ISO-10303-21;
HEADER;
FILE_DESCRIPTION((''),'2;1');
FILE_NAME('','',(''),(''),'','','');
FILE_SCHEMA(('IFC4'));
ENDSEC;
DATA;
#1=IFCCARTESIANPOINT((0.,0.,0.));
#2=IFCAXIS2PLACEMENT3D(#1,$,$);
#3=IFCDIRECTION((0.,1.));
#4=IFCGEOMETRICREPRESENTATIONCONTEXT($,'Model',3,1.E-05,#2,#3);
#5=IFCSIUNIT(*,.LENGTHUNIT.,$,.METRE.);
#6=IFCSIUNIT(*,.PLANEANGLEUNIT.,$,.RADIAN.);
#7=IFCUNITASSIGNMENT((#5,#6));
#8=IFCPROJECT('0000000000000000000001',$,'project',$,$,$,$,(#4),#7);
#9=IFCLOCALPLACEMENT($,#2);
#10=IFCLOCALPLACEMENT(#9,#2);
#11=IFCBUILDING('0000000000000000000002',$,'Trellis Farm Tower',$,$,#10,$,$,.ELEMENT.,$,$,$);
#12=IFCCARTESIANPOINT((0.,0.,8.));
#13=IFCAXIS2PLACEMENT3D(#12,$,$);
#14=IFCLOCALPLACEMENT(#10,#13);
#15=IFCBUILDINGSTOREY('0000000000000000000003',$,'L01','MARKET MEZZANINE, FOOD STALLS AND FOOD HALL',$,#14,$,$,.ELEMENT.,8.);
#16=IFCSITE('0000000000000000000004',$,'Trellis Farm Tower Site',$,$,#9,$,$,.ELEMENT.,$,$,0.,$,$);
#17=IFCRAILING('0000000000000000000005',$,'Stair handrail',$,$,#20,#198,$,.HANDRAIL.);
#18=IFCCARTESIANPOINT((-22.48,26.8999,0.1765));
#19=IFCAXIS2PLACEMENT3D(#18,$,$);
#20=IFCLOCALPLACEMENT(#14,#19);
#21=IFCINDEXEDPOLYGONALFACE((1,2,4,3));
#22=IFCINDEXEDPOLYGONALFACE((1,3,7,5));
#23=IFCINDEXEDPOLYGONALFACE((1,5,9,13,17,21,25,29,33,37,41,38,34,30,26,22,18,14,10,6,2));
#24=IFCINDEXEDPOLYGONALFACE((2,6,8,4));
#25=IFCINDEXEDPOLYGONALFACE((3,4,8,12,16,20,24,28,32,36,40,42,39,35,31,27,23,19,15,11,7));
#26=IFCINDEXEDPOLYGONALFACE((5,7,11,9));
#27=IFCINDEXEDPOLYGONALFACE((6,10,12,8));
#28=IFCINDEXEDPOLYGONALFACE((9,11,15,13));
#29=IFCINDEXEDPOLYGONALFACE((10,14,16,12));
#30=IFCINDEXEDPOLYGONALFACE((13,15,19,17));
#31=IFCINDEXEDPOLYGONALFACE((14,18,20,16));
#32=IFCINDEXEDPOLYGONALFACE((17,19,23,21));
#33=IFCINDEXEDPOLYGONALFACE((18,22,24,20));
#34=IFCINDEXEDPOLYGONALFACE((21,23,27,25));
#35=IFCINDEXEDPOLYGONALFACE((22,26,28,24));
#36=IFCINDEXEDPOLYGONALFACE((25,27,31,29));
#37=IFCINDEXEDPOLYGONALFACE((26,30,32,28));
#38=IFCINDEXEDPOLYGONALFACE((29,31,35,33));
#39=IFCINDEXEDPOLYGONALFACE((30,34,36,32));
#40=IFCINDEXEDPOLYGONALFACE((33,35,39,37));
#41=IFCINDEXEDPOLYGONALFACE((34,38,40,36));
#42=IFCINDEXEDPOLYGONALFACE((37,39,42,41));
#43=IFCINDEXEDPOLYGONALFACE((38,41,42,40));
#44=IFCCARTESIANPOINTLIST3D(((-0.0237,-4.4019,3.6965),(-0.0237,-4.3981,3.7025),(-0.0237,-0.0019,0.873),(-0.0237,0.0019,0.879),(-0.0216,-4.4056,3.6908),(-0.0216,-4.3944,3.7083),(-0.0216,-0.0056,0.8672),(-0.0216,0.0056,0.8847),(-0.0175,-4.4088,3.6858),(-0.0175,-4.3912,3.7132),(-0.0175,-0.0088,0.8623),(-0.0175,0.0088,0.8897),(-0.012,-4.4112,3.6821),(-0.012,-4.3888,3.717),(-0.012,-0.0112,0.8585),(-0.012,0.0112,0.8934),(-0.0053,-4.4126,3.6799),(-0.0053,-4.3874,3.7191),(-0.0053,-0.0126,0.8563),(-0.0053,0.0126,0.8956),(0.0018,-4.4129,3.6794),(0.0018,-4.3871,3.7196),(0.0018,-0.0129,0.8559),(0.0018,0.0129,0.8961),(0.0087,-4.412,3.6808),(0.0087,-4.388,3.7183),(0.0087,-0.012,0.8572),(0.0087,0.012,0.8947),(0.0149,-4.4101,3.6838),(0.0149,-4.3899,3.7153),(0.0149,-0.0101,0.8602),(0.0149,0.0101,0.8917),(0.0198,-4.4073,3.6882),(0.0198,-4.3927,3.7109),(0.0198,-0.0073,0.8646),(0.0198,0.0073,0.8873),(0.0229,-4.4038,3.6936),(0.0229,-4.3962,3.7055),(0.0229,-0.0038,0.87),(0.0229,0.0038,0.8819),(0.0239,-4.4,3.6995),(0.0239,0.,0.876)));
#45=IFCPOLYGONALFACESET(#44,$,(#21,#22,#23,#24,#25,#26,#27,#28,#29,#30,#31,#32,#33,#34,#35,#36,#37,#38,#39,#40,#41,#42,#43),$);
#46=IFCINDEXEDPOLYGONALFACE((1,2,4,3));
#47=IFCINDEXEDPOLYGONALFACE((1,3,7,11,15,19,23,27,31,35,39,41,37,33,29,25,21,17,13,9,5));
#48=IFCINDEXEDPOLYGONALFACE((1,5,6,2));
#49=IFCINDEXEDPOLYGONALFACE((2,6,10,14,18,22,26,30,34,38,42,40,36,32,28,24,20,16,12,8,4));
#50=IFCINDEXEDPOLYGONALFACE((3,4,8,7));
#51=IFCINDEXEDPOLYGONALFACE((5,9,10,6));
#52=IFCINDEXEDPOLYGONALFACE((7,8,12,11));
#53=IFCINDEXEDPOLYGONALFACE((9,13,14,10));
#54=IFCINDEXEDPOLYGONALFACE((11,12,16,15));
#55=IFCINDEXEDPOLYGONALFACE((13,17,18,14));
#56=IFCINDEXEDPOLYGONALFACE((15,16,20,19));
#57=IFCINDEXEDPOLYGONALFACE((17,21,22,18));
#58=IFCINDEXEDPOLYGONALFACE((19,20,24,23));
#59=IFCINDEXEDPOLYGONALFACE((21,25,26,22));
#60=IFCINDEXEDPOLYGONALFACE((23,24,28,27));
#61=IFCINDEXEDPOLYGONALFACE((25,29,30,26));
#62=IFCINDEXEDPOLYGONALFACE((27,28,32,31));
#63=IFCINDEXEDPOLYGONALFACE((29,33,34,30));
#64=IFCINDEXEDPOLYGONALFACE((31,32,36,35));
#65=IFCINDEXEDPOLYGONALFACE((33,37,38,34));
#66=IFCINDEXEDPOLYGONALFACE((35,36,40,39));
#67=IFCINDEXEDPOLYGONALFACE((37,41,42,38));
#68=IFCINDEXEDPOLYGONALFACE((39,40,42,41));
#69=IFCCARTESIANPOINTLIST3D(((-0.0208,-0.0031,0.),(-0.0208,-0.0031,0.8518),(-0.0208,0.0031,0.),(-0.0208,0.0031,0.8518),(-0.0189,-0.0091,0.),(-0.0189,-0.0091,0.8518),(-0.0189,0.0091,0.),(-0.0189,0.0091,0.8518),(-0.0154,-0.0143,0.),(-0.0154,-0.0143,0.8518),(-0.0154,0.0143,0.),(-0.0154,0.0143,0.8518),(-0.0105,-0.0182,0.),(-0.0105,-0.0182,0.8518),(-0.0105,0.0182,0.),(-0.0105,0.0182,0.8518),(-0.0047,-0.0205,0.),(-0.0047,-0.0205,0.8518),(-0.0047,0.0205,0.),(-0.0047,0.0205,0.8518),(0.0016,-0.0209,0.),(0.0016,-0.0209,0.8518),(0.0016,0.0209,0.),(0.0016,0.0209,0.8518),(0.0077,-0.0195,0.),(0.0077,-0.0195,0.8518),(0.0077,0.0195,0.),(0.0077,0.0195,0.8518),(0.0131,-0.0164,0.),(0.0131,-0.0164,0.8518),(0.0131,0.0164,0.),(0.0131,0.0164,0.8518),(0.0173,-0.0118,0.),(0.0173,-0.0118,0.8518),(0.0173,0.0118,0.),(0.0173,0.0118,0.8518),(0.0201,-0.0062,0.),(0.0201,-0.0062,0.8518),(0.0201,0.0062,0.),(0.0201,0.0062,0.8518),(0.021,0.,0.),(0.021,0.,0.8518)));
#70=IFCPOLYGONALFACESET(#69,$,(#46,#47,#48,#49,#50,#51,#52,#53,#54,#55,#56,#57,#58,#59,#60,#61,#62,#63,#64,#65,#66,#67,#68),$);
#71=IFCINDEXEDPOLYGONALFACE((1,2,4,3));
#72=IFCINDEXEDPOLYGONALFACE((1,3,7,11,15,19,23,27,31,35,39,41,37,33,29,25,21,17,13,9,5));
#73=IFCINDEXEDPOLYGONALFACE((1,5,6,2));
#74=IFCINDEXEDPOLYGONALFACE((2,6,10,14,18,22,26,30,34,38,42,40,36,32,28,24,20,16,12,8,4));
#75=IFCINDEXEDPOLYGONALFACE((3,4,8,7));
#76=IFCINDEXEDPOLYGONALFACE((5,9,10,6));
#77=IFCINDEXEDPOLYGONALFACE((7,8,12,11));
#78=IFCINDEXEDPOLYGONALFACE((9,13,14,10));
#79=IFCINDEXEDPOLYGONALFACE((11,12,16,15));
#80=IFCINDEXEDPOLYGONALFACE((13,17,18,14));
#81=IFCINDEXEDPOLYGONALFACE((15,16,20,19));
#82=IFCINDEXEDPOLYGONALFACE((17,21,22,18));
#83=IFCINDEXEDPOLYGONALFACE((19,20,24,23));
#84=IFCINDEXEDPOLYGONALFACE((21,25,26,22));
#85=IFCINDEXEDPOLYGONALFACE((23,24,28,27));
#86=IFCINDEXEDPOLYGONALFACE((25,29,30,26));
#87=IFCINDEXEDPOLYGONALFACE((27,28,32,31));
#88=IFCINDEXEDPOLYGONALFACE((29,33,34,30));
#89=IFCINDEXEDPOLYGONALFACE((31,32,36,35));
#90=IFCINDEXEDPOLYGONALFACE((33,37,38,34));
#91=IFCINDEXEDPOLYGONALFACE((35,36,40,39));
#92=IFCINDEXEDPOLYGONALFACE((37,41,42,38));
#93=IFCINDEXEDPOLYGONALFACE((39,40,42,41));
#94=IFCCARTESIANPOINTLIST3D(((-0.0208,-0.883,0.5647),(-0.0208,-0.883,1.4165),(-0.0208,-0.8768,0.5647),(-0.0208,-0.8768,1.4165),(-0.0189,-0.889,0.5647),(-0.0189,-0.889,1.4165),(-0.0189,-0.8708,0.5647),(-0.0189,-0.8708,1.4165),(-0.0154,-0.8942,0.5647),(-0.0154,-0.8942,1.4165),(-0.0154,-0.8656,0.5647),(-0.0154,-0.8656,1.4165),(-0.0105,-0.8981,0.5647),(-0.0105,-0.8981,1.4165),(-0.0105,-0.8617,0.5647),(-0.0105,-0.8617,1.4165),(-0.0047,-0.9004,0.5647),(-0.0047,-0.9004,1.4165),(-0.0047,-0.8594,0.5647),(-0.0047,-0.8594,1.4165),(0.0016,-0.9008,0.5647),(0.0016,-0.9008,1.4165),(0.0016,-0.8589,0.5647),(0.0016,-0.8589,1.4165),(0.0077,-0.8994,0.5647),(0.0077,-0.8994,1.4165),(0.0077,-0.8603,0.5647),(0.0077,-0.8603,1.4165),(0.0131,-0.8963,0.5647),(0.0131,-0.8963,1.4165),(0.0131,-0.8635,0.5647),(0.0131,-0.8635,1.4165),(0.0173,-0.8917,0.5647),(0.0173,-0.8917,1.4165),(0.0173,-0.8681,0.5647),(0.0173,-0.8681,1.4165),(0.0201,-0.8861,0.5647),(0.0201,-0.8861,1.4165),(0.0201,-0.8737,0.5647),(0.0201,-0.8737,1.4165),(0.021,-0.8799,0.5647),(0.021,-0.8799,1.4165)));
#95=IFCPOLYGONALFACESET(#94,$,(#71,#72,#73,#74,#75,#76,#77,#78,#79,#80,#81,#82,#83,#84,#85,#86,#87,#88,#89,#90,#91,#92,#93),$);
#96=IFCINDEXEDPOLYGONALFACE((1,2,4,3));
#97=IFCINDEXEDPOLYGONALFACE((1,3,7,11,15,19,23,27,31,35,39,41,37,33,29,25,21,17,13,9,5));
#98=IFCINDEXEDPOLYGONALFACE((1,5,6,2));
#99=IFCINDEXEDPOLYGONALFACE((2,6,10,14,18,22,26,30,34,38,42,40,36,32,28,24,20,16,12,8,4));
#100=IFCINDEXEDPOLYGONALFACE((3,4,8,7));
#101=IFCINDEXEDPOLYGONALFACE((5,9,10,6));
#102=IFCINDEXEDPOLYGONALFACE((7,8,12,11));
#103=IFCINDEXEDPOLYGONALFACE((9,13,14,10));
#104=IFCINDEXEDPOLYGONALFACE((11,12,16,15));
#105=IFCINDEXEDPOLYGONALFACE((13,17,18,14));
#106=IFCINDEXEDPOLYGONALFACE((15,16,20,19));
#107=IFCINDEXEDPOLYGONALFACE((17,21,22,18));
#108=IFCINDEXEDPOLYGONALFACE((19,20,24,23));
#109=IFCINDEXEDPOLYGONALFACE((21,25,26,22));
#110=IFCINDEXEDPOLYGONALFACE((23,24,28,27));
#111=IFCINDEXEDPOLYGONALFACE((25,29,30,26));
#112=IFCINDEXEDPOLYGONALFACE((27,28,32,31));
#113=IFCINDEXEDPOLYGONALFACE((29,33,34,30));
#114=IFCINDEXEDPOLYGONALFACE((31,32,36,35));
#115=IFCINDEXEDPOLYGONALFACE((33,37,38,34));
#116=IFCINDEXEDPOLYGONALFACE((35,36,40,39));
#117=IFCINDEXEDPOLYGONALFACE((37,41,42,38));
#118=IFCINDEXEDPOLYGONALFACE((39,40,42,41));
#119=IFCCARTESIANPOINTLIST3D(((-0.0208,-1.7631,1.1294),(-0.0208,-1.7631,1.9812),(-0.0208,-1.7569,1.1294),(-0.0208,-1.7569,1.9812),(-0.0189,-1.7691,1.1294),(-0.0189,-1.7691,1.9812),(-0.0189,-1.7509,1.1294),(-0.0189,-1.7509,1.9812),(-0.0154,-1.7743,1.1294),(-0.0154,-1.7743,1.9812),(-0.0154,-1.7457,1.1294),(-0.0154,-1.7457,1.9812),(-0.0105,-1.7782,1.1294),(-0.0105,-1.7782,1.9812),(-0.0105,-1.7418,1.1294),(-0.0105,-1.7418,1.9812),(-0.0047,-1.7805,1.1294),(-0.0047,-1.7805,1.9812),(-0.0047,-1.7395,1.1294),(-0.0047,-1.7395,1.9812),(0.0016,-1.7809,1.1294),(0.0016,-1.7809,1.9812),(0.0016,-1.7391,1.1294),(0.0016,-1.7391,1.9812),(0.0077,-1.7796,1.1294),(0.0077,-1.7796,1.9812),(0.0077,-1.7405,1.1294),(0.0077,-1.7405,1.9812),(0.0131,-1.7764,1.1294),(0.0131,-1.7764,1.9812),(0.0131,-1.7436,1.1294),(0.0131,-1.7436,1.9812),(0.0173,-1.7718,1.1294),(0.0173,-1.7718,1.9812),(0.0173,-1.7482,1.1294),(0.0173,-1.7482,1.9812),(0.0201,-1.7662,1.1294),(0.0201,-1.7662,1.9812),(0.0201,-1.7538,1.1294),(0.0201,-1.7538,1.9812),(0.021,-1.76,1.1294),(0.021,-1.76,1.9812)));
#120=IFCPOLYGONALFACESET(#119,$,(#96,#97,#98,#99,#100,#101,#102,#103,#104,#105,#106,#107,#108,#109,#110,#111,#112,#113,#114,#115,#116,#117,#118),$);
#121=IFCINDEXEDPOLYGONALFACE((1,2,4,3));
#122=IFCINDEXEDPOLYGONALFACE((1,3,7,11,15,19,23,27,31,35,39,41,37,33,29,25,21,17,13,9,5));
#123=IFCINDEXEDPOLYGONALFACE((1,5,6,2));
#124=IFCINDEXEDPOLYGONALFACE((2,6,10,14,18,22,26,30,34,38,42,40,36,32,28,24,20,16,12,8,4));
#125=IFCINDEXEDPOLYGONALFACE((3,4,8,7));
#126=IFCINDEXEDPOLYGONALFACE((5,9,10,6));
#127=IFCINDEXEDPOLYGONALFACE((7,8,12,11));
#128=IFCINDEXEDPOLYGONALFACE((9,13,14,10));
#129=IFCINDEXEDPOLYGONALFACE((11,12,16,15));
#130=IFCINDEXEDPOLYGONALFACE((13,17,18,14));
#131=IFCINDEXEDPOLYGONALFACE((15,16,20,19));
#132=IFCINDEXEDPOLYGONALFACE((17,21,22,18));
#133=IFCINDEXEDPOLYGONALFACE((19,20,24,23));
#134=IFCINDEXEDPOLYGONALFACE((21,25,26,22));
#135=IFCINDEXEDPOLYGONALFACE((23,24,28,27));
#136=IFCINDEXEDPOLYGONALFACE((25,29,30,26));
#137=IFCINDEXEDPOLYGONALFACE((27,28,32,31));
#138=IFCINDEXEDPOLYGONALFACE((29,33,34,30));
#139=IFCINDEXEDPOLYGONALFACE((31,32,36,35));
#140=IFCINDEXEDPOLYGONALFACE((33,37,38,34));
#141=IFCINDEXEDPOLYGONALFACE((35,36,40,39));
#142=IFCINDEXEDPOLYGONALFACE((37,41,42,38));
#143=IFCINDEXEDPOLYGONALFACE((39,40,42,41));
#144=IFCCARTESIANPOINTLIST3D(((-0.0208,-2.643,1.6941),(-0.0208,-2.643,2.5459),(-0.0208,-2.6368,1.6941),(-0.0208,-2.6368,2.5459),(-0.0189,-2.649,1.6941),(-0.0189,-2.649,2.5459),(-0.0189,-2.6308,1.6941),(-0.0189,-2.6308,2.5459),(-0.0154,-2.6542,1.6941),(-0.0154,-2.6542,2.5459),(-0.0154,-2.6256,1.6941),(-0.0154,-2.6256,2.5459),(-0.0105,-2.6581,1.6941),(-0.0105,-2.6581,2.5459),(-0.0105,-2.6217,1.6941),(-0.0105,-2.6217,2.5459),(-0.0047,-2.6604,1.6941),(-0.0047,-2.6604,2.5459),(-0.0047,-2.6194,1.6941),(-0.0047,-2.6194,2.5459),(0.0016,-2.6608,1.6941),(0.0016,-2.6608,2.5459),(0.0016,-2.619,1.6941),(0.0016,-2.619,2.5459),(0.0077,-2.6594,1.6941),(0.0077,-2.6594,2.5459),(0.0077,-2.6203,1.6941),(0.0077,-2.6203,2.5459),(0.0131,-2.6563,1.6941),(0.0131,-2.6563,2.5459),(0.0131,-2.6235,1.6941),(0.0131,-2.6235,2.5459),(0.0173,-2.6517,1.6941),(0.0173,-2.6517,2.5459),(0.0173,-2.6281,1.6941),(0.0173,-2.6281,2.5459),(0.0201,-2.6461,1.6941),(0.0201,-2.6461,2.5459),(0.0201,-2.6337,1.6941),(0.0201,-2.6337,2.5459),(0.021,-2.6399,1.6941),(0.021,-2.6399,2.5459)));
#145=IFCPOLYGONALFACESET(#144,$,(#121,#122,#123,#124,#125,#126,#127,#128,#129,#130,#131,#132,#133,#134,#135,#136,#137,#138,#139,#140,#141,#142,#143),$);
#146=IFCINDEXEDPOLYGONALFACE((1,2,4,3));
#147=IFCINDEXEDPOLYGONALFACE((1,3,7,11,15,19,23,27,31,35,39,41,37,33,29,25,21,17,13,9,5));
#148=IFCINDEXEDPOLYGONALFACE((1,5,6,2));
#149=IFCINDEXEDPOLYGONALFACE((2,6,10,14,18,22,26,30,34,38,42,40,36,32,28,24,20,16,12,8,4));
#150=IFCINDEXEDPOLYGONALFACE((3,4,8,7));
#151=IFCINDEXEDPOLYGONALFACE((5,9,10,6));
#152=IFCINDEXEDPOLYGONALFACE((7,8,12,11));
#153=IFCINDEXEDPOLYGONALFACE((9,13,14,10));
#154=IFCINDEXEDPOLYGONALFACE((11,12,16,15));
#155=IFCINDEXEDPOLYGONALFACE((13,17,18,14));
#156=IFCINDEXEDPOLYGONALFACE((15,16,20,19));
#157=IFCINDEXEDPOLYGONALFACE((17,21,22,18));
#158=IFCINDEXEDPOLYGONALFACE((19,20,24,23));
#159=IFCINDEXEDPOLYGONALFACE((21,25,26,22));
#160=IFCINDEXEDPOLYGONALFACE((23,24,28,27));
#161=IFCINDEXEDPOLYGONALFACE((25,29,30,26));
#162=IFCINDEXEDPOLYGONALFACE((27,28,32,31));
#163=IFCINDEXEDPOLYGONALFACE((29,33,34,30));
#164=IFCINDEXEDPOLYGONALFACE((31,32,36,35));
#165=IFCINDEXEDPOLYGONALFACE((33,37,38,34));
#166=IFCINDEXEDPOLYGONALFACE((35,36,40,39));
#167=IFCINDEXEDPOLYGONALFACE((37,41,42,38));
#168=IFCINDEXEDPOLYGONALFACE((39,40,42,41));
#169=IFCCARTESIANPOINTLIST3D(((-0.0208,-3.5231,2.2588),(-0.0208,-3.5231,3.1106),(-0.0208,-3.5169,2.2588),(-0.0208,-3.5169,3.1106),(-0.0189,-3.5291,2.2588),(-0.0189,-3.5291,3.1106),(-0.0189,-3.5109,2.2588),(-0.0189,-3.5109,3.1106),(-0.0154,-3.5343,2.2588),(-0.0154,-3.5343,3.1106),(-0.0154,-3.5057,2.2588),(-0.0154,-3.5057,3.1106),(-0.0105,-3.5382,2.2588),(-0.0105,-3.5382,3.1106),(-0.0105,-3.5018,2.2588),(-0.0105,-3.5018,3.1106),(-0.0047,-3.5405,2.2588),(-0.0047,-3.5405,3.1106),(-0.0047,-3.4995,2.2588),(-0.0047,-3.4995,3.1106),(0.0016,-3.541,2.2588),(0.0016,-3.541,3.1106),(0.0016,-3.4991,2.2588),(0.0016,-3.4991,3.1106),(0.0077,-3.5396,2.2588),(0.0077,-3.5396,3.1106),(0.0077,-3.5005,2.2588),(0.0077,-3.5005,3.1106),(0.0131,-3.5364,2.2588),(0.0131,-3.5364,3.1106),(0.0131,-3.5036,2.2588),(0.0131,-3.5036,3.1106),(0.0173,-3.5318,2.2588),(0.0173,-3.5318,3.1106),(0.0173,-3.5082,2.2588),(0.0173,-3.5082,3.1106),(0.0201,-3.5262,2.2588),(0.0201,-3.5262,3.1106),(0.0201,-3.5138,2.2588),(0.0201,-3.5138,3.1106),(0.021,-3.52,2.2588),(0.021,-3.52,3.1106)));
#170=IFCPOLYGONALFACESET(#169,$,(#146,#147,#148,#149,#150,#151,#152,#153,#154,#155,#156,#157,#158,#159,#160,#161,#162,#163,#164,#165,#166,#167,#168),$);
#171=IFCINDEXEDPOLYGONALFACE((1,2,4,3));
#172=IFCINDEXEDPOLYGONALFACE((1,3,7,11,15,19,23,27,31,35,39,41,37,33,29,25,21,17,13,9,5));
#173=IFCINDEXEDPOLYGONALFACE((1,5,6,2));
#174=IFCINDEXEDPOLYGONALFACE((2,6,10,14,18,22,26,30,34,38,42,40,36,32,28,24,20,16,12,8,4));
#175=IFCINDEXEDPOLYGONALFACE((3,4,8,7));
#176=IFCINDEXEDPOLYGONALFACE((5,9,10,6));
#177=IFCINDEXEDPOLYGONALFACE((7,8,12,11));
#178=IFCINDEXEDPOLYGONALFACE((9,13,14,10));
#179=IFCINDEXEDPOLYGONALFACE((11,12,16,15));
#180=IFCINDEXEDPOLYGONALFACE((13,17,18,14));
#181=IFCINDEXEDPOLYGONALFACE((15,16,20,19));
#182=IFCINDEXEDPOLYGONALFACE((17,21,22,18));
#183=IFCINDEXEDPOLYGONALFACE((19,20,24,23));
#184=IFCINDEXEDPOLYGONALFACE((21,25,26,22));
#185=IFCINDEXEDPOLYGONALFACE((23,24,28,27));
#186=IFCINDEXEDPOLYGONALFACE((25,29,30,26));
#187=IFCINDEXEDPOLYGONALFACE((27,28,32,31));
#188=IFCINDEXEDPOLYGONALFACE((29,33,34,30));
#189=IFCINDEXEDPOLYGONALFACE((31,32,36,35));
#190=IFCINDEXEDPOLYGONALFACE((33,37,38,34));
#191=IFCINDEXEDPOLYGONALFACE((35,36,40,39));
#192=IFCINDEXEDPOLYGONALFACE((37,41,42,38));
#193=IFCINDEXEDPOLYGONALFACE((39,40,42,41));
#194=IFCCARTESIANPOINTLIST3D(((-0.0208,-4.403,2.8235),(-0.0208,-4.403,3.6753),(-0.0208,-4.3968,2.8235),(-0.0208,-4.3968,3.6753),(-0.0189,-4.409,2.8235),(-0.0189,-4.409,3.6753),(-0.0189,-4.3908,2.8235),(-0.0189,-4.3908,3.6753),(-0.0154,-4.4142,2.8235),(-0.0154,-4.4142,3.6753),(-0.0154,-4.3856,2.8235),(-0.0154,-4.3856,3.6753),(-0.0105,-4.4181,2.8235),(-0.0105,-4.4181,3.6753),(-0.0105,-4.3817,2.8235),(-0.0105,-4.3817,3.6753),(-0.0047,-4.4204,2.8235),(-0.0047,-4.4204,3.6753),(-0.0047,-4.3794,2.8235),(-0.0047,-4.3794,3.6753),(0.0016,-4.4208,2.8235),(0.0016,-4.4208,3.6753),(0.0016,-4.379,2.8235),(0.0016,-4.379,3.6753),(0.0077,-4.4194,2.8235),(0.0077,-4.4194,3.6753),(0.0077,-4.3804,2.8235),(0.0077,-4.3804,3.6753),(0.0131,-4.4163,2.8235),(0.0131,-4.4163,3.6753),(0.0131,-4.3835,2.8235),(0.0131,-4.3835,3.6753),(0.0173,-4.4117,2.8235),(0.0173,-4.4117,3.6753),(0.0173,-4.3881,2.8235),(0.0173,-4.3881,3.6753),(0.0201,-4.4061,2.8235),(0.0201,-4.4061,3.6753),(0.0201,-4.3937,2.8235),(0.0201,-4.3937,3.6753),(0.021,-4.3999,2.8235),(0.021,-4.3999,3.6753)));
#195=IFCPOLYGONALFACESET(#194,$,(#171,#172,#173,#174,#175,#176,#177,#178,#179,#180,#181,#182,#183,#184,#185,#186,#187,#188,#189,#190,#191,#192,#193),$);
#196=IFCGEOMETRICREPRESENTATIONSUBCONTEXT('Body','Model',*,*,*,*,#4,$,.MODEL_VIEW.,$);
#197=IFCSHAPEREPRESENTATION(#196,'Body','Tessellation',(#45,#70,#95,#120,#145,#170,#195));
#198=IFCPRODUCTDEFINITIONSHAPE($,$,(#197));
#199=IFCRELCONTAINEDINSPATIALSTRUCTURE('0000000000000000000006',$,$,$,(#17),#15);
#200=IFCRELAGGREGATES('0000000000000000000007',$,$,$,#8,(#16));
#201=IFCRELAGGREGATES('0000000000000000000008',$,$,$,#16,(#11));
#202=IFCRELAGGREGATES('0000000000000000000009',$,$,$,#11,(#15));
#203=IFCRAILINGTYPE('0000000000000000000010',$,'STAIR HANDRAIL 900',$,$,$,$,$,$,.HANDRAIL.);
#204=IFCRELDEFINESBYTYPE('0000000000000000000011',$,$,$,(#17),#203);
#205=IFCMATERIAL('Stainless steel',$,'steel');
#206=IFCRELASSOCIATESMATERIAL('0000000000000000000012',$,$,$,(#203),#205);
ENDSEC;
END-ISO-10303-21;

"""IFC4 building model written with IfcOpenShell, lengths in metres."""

from ifc_helpers import new_model, si_unit, direction, frame, origin, origin_2d, place, context, subcontext, project, spatial, circle, extrude, source, transform, mapped, material, type_object, element, save


model = new_model("IFC4")

# Units and contexts
model_context = context("Model", 3, precision=1e-05, world=origin(), true_north=direction((0.0, 1.0)))
body_context = subcontext(model_context, "Body", "Model", "MODEL_VIEW")
ifc_project = project(units=[si_unit("LENGTHUNIT", "METRE"), si_unit("PLANEANGLEUNIT", "RADIAN")], contexts=[model_context])

# Site, building, storey
site_placement = place(None, origin())
site = spatial("IfcSite", under=ifc_project, at=site_placement, Name="Trellis Farm Tower Site", CompositionType="ELEMENT", RefElevation=0.0)
building_placement = place(site_placement, origin())
building = spatial("IfcBuilding", under=site, at=building_placement, Name="Trellis Farm Tower", CompositionType="ELEMENT")
storey_placement = place(building_placement, frame((0.0, 0.0, 8.0)))
storey = spatial("IfcBuildingStorey", under=building, at=storey_placement, Name="L01", Description="MARKET MEZZANINE, FOOD STALLS AND FOOD HALL", CompositionType="ELEMENT", Elevation=8.0)

# Railing
ifc_material_1 = material(Name="Stainless steel", Category="steel")
railing_type = type_object("IfcRailingType", Name="STAIR HANDRAIL 900", PredefinedType="HANDRAIL", material=ifc_material_1)
shared_shape_1 = source(origin(), body_context, "Body", "SweptSolid", [
    extrude(circle(Radius=0.0239, at=origin_2d()), frame((0.0, 0.0, 0.876), z_axis=(0.0, -0.841615, 0.540078), x_axis=(1.0, 0.0, 0.0)), (0.0, 0.0, 1.0), 5.228),
    extrude(circle(Radius=0.021, at=origin_2d()), origin(), (0.0, 0.0, 1.0), 0.8518),
    extrude(circle(Radius=0.021, at=origin_2d()), frame((0.0, -0.8799, 0.5647)), (0.0, 0.0, 1.0), 0.8518),
    extrude(circle(Radius=0.021, at=origin_2d()), frame((0.0, -1.76, 1.1294)), (0.0, 0.0, 1.0), 0.8518),
    extrude(circle(Radius=0.021, at=origin_2d()), frame((0.0, -2.6399, 1.6941)), (0.0, 0.0, 1.0), 0.8518),
    extrude(circle(Radius=0.021, at=origin_2d()), frame((0.0, -3.52, 2.2588)), (0.0, 0.0, 1.0), 0.8518),
    extrude(circle(Radius=0.021, at=origin_2d()), frame((0.0, -4.3999, 2.8235)), (0.0, 0.0, 1.0), 0.8518),
])
for number, where, name in (
    (1, (-22.48, 26.8999, 0.1765), "Stair handrail"),
):
    element("IfcRailing", number, at=place(storey_placement, frame(where)), inside=storey, type_object=railing_type, Name=name, PredefinedType="HANDRAIL", context=body_context, shape_type="MappedRepresentation", body=[
        mapped(shared_shape_1, transform((0.0, 0.0, 0.0))),
    ])

save(model, "model.ifc")
